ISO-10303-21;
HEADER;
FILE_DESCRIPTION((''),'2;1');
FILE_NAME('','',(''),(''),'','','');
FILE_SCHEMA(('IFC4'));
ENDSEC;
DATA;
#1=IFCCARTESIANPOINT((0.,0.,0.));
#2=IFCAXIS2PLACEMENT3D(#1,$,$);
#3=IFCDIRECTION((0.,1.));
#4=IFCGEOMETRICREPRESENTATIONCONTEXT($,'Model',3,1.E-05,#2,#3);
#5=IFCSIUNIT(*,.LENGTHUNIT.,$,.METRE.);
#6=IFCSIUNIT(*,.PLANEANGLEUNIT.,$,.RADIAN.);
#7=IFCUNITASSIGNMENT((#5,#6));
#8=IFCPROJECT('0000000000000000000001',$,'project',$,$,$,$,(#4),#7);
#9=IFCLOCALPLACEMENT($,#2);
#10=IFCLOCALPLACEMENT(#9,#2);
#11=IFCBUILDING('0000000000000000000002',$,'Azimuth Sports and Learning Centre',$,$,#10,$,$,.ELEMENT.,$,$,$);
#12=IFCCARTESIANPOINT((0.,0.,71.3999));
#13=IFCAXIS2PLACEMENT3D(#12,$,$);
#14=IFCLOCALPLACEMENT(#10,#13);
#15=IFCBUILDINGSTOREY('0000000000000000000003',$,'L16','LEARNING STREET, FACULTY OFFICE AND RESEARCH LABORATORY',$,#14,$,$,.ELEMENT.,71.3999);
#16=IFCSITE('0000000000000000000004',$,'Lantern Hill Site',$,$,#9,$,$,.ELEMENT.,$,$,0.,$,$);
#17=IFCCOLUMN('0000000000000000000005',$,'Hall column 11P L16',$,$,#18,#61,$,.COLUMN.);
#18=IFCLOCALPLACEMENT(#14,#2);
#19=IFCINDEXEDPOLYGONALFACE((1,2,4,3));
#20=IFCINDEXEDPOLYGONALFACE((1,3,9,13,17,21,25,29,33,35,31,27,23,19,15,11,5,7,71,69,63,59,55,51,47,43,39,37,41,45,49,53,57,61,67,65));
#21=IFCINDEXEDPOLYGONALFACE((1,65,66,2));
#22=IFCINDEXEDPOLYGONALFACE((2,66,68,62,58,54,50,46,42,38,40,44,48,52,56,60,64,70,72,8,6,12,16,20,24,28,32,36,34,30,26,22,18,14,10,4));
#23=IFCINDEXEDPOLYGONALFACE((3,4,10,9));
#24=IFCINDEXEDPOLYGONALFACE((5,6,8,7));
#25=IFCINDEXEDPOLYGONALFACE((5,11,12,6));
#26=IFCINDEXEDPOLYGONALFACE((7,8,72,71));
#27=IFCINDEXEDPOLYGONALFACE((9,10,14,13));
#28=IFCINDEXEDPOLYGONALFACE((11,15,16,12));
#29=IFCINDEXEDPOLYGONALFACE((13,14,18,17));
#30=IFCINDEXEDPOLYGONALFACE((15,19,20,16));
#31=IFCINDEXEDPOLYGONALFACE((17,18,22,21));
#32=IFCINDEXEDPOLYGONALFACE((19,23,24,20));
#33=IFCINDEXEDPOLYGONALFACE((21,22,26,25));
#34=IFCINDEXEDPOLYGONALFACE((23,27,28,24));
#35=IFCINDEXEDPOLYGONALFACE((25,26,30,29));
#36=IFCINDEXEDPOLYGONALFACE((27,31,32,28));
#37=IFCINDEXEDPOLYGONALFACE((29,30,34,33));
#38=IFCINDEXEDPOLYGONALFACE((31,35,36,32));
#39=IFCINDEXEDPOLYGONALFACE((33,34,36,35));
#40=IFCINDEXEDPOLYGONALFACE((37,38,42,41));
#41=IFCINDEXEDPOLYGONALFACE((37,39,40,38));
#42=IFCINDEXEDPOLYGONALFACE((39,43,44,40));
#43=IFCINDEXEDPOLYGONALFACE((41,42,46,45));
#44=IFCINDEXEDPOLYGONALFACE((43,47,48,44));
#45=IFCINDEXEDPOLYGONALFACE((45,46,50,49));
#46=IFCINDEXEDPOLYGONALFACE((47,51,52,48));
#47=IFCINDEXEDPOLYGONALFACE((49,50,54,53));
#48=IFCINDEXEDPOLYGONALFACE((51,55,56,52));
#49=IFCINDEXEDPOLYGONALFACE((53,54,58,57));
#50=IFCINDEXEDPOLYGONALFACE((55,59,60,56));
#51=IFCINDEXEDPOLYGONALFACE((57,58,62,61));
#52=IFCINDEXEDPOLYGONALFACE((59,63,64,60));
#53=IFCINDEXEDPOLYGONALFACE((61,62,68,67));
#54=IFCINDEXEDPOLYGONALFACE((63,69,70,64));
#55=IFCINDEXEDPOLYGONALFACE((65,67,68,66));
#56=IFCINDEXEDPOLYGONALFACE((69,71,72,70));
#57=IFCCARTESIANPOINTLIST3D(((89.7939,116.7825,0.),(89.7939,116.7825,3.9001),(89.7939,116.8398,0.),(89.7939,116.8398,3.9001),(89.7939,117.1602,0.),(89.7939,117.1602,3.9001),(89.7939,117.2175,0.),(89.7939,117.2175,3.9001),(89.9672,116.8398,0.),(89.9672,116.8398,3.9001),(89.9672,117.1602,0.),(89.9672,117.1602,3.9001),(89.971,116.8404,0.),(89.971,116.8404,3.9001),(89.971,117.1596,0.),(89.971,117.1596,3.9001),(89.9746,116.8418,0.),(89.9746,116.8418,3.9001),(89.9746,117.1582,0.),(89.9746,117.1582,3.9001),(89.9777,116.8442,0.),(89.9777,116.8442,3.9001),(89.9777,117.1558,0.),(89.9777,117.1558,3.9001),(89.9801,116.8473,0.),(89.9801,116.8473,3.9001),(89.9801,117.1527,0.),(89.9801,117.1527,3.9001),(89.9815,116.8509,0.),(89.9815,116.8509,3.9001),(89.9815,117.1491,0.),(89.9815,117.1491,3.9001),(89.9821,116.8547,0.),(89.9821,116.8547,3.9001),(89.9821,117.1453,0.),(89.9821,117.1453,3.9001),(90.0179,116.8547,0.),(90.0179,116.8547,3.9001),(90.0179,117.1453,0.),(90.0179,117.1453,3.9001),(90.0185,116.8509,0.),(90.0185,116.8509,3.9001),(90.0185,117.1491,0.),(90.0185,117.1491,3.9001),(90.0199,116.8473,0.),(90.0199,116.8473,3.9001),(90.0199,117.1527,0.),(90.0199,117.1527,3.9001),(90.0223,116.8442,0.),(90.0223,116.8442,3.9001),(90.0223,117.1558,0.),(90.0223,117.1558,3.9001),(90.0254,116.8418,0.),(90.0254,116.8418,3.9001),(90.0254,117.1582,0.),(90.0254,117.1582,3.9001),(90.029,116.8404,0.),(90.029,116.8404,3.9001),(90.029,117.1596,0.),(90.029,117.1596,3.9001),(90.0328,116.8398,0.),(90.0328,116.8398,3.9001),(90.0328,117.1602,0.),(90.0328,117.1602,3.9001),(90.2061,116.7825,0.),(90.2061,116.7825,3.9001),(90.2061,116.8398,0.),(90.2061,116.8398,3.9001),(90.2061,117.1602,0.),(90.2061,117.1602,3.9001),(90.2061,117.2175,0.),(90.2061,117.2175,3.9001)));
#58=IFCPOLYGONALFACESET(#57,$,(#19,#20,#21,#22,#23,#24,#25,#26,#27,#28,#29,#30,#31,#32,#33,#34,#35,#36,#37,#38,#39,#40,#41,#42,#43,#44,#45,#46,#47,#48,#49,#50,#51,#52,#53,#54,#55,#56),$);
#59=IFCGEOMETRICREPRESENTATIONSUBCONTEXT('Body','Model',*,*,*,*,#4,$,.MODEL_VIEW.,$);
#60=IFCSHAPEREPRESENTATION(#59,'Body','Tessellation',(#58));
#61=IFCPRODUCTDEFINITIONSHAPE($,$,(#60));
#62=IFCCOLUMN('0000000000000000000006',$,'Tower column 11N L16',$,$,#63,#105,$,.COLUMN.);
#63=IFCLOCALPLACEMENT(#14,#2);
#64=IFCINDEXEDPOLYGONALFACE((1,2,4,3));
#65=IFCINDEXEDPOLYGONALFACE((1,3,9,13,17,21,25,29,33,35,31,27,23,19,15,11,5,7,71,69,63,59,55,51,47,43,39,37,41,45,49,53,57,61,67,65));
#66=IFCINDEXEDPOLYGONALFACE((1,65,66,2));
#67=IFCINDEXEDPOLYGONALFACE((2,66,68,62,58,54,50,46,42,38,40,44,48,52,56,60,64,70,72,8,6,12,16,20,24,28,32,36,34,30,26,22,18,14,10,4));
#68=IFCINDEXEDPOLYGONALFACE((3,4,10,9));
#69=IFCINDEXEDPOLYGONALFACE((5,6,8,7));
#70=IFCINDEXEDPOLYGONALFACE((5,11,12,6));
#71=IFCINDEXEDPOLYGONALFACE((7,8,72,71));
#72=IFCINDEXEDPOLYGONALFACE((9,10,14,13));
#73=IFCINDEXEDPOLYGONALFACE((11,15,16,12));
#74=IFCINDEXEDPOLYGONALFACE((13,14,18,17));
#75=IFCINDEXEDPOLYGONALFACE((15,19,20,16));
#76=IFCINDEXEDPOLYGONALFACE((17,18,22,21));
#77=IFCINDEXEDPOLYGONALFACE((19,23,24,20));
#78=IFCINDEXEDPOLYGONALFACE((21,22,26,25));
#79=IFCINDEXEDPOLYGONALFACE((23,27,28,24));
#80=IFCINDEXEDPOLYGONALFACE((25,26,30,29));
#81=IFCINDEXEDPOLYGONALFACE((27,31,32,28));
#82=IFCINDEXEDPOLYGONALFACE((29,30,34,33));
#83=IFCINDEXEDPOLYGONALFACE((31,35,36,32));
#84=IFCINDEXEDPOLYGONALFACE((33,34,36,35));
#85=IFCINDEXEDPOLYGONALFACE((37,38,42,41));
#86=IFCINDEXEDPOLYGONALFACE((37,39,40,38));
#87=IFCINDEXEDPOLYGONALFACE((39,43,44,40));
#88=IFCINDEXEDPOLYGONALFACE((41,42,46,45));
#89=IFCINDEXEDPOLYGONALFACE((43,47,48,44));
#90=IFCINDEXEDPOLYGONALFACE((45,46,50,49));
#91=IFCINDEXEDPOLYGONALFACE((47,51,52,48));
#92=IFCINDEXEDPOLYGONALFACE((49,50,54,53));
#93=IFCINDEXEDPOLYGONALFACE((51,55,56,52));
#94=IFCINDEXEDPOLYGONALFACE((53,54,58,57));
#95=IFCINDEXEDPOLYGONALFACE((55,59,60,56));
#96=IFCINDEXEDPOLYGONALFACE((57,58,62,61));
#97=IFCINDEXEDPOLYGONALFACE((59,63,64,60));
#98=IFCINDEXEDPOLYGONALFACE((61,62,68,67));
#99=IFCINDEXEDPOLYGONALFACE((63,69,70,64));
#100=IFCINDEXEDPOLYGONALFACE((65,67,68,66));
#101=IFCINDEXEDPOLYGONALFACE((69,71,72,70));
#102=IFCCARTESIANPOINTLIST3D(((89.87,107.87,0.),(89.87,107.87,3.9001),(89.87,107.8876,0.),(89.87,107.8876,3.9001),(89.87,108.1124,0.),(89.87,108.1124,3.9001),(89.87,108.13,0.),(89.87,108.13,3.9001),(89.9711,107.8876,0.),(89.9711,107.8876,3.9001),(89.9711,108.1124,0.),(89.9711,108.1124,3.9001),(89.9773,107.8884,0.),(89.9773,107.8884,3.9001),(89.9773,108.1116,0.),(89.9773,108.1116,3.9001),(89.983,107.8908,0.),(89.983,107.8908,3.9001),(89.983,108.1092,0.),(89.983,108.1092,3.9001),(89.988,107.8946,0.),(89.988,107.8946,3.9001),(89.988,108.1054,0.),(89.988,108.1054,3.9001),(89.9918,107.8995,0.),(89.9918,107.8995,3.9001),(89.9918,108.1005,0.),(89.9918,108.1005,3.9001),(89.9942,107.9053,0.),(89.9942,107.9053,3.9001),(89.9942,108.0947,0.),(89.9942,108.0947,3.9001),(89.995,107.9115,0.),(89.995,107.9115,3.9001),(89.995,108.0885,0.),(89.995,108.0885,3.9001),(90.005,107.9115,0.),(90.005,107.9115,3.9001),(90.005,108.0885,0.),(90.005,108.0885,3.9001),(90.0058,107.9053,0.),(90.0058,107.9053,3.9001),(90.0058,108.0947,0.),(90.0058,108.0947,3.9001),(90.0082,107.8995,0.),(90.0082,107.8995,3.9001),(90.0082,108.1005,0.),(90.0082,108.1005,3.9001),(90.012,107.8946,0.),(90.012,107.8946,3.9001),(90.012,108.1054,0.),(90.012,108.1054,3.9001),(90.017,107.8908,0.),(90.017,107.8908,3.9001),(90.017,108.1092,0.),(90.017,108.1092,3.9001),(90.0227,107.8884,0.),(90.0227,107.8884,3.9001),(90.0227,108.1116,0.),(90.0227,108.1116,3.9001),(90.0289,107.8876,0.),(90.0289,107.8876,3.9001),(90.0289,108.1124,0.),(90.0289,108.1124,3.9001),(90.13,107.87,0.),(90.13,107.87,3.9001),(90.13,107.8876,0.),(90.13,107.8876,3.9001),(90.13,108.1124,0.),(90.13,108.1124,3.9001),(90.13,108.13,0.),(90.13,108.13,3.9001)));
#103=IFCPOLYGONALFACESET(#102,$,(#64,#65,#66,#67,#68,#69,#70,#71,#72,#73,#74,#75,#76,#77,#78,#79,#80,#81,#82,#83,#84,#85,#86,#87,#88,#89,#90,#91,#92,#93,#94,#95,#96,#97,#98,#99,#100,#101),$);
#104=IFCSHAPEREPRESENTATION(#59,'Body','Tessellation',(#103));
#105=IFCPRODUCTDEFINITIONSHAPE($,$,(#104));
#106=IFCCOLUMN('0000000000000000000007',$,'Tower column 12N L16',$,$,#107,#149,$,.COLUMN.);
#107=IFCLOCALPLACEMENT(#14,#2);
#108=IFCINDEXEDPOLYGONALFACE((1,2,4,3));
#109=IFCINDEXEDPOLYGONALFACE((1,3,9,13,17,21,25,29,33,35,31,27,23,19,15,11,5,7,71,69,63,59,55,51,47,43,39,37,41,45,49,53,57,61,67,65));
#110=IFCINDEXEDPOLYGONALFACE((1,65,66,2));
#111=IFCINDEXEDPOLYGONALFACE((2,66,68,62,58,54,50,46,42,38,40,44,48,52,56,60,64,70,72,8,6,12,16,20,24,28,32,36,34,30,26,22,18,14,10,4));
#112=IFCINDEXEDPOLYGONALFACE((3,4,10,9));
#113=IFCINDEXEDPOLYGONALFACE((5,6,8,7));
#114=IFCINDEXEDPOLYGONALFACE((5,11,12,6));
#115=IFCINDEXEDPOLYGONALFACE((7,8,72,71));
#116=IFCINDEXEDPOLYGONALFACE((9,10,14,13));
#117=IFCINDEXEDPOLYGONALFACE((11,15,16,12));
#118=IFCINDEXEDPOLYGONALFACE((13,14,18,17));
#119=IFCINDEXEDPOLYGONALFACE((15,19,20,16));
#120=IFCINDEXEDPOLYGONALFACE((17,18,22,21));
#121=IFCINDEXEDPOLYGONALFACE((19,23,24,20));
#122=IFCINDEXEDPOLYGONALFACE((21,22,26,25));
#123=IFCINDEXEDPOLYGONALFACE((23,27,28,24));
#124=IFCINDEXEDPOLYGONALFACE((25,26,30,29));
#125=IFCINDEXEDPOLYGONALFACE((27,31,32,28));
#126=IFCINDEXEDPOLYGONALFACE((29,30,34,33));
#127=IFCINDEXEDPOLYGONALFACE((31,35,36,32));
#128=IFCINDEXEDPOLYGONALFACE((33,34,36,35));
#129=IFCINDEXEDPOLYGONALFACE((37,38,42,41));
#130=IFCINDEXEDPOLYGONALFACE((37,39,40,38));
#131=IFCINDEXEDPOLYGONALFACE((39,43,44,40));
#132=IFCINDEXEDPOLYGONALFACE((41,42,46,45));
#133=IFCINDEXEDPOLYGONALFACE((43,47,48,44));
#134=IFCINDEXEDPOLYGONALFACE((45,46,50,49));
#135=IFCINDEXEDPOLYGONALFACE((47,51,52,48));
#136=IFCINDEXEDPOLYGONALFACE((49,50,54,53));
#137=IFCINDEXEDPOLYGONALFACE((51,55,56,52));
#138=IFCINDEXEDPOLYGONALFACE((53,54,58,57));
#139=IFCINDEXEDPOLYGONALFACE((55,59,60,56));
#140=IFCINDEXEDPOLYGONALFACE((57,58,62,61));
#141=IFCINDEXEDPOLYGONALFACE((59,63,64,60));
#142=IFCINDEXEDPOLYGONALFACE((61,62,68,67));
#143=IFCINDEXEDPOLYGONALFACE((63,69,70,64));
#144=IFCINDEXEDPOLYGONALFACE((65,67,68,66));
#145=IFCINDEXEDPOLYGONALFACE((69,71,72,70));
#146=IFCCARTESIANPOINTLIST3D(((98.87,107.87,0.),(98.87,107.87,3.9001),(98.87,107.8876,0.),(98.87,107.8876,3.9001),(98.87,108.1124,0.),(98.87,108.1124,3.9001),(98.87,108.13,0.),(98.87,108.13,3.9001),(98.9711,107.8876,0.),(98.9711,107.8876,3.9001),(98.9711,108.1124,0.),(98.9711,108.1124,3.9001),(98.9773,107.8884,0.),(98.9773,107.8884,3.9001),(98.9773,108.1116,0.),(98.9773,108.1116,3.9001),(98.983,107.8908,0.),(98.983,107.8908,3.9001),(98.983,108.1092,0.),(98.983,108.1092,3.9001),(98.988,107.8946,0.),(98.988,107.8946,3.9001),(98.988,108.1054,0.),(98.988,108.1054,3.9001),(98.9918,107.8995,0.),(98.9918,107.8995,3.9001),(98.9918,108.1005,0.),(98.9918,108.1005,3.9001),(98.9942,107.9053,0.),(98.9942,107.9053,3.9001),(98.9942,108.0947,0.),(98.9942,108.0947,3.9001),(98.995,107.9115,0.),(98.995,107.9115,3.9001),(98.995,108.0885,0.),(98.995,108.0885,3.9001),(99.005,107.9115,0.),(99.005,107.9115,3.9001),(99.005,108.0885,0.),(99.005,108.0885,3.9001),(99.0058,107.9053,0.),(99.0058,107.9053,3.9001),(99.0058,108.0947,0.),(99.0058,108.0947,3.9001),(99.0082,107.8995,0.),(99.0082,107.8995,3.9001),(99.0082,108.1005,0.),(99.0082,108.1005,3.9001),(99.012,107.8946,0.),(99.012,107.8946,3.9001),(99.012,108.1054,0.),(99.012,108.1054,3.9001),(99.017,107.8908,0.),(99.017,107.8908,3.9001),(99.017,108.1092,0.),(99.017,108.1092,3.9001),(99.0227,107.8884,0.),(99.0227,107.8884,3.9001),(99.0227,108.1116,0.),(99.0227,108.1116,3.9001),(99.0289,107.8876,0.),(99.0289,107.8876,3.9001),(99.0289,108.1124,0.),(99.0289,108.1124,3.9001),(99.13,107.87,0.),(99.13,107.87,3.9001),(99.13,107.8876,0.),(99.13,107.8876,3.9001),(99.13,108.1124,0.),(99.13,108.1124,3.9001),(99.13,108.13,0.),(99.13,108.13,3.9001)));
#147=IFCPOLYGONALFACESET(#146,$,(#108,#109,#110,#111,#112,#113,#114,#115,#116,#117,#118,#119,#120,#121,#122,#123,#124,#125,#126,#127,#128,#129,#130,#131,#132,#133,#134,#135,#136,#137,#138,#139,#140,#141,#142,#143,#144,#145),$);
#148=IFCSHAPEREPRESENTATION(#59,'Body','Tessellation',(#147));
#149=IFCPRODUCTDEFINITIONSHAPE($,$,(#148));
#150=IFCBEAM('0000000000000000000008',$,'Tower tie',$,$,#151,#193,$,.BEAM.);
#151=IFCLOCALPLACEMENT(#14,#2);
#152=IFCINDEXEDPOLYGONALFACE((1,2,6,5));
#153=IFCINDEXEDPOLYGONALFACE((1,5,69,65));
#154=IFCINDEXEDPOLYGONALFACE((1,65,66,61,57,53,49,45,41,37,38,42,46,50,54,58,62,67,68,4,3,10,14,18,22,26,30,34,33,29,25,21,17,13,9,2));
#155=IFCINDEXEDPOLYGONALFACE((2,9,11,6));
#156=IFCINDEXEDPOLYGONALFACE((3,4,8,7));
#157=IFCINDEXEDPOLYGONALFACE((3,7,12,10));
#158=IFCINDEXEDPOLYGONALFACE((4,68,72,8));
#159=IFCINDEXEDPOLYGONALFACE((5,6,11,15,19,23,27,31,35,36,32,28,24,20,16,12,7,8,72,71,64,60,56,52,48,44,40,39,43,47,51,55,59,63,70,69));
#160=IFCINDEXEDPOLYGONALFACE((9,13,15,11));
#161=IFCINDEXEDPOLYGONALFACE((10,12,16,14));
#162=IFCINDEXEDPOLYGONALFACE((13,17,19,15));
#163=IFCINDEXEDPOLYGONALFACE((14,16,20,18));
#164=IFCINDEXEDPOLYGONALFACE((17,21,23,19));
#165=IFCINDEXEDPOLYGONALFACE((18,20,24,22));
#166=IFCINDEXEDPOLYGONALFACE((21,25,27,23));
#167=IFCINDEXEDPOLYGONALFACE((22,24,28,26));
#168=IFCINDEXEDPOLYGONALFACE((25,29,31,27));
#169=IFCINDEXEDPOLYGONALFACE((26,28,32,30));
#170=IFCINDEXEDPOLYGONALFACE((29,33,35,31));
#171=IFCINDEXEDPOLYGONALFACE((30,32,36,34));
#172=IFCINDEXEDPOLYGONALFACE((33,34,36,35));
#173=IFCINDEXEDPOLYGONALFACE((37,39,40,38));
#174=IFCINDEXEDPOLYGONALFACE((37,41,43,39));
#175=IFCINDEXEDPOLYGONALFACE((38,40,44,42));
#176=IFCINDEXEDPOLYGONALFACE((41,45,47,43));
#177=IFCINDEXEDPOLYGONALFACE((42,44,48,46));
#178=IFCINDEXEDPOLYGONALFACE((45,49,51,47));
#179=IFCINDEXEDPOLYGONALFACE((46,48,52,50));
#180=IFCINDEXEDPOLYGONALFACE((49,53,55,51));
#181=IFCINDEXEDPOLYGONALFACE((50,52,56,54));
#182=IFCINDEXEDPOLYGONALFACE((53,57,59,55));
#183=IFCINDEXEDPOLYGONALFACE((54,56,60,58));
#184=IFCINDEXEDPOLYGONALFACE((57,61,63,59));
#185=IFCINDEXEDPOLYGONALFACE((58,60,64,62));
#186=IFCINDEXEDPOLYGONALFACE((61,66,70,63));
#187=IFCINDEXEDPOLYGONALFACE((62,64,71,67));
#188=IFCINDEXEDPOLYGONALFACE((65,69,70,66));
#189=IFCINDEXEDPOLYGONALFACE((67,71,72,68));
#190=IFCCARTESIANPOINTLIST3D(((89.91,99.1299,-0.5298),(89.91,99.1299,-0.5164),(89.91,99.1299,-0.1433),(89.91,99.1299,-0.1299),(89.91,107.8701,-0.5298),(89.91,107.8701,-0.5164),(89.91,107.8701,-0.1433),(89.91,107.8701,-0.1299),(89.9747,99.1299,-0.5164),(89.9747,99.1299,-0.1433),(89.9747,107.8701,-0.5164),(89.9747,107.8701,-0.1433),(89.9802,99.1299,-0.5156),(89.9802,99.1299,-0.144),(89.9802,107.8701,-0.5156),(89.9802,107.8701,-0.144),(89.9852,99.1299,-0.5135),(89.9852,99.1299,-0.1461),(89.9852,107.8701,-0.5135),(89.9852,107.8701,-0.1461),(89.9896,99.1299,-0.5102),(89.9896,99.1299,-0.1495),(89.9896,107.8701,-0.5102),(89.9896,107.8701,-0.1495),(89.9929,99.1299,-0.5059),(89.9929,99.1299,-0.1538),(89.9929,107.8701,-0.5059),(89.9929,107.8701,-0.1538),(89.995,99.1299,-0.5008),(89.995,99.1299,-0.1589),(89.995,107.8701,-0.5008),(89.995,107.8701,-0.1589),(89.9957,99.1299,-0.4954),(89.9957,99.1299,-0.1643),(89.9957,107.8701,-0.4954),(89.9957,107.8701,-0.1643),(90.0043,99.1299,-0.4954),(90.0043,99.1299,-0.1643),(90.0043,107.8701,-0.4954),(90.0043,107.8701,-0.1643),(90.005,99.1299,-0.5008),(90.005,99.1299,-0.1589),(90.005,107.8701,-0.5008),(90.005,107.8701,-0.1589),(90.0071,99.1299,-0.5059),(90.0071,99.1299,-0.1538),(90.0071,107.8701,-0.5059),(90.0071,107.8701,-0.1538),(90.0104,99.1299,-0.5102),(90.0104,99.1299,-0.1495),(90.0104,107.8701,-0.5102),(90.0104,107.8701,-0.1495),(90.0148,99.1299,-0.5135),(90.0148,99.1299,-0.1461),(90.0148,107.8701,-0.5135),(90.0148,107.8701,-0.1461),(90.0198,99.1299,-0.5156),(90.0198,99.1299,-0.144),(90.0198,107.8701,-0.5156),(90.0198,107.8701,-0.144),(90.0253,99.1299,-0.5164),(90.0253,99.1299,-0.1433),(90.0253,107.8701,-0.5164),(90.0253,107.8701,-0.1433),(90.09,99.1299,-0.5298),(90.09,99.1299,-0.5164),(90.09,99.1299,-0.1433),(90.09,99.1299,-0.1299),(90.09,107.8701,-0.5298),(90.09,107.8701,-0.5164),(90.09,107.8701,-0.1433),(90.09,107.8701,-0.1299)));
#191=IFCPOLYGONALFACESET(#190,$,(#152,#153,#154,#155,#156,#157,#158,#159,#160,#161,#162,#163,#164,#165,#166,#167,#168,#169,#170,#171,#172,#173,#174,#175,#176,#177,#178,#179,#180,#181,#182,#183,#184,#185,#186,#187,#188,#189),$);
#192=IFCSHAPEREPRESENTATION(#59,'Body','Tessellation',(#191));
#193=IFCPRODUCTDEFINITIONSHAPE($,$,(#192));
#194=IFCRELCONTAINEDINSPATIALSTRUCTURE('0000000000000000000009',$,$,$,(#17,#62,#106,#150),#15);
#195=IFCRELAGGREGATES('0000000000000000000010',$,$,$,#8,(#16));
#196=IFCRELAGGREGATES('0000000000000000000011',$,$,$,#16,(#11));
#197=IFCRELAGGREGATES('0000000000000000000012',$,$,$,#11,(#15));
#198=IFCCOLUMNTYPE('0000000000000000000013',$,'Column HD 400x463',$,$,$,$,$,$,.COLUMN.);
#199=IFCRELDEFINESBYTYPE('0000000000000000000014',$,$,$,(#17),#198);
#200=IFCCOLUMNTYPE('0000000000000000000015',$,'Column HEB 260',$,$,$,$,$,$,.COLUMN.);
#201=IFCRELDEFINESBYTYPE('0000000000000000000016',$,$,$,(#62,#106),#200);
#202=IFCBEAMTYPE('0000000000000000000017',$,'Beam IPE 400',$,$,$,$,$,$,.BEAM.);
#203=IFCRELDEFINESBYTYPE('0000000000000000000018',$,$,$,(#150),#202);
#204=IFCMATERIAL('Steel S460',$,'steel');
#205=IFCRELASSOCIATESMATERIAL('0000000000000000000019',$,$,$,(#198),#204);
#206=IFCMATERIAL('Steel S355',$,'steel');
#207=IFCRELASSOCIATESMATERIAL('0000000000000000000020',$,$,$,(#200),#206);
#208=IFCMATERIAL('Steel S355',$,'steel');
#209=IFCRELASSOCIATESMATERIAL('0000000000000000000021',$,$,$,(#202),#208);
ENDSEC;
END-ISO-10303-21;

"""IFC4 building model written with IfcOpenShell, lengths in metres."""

from ifc_helpers import new_model, si_unit, direction, frame, origin, origin_2d, place, context, subcontext, project, spatial, i_section, extrude, material, material_profile, profile_set, type_object, element, save


model = new_model("IFC4")

# Units and contexts
model_context = context("Model", 3, precision=1e-05, world=origin(), true_north=direction((0.0, 1.0)))
body_context = subcontext(model_context, "Body", "Model", "MODEL_VIEW")
ifc_project = project(units=[si_unit("LENGTHUNIT", "METRE"), si_unit("PLANEANGLEUNIT", "RADIAN")], contexts=[model_context])

# Site, building, storey
site_placement = place(None, origin())
site = spatial("IfcSite", under=ifc_project, at=site_placement, Name="Lantern Hill Site", CompositionType="ELEMENT", RefElevation=0.0)
building_placement = place(site_placement, origin())
building = spatial("IfcBuilding", under=site, at=building_placement, Name="Azimuth Sports and Learning Centre", CompositionType="ELEMENT")
storey_placement = place(building_placement, frame((0.0, 0.0, 71.3999)))
storey = spatial("IfcBuildingStorey", under=building, at=storey_placement, Name="L16", Description="LEARNING STREET, FACULTY OFFICE AND RESEARCH LABORATORY", CompositionType="ELEMENT", Elevation=71.3999)

# Columns
ifc_material_1 = material(Name="Steel S460", Category="steel")
ifc_material_profile_1 = material_profile(ifc_material_1, i_section(OverallWidth=0.4121, OverallDepth=0.4351, WebThickness=0.0359, FlangeThickness=0.0574, FilletRadius=0.0149, at=origin_2d()), Name="HD 400x463")
ifc_profile_set_1 = profile_set([ifc_material_profile_1], Name="Steel S460")
column_type_1 = type_object("IfcColumnType", Name="Column HD 400x463", PredefinedType="COLUMN", material=ifc_profile_set_1)
column_placement = place(storey_placement, frame((90.0, 117.0, 0.0), z_axis=(0.0, 0.0, 1.0), x_axis=(1.0, 0.0, 0.0)))
element("IfcColumn", 1, at=column_placement, inside=storey, type_object=column_type_1, Name="Hall column 11P L16", PredefinedType="COLUMN", context=body_context, shape_type="SweptSolid", body=[
    extrude(i_section(OverallWidth=0.4121, OverallDepth=0.4351, WebThickness=0.0359, FlangeThickness=0.0574, FilletRadius=0.0149, at=origin_2d()), origin(), (0.0, 0.0, 1.0), 3.9001),
])
ifc_material_2 = material(Name="Steel S355", Category="steel")
ifc_material_profile_2 = material_profile(ifc_material_2, i_section(OverallWidth=0.26, OverallDepth=0.26, WebThickness=0.01, FlangeThickness=0.0176, FilletRadius=0.0239, at=origin_2d()), Name="HEB 260")
ifc_profile_set_2 = profile_set([ifc_material_profile_2], Name="Steel S355")
column_type_2 = type_object("IfcColumnType", Name="Column HEB 260", PredefinedType="COLUMN", material=ifc_profile_set_2)
for number, where, z_axis, x_axis, name in (
    (2, (90.0, 108.0, 0.0), (0.0, 0.0, 1.0), (1.0, 0.0, 0.0), "Tower column 11N L16"),
    (3, (99.0, 108.0, 0.0), (0.0, 0.0, 1.0), (1.0, 0.0, 0.0), "Tower column 12N L16"),
):
    element("IfcColumn", number, at=place(storey_placement, frame(where, z_axis=z_axis, x_axis=x_axis)), inside=storey, type_object=column_type_2, Name=name, PredefinedType="COLUMN", context=body_context, shape_type="SweptSolid", body=[
        extrude(i_section(OverallWidth=0.26, OverallDepth=0.26, WebThickness=0.01, FlangeThickness=0.0176, FilletRadius=0.0239, at=origin_2d()), origin(), (0.0, 0.0, 1.0), 3.9001),
    ])

# Beam
ifc_material_3 = material(Name="Steel S355", Category="steel")
ifc_material_profile_3 = material_profile(ifc_material_3, i_section(OverallWidth=0.1799, OverallDepth=0.3999, WebThickness=0.0085, FlangeThickness=0.0134, FilletRadius=0.021, at=origin_2d()), Name="IPE 400")
ifc_profile_set_3 = profile_set([ifc_material_profile_3], Name="Steel S355")
beam_type_1 = type_object("IfcBeamType", Name="Beam IPE 400", PredefinedType="BEAM", material=ifc_profile_set_3)
beam_1_placement = place(storey_placement, frame((90.0, 99.1299, -0.3298), z_axis=(0.0, 1.0, 0.0), x_axis=(-1.0, 0.0, 0.0)))
element("IfcBeam", 4, at=beam_1_placement, inside=storey, type_object=beam_type_1, Name="Tower tie", PredefinedType="BEAM", context=body_context, shape_type="SweptSolid", body=[
    extrude(i_section(OverallWidth=0.1799, OverallDepth=0.3999, WebThickness=0.0085, FlangeThickness=0.0134, FilletRadius=0.021, at=origin_2d()), origin(), (0.0, 0.0, 1.0), 8.7402),
])

save(model, "model.ifc")
